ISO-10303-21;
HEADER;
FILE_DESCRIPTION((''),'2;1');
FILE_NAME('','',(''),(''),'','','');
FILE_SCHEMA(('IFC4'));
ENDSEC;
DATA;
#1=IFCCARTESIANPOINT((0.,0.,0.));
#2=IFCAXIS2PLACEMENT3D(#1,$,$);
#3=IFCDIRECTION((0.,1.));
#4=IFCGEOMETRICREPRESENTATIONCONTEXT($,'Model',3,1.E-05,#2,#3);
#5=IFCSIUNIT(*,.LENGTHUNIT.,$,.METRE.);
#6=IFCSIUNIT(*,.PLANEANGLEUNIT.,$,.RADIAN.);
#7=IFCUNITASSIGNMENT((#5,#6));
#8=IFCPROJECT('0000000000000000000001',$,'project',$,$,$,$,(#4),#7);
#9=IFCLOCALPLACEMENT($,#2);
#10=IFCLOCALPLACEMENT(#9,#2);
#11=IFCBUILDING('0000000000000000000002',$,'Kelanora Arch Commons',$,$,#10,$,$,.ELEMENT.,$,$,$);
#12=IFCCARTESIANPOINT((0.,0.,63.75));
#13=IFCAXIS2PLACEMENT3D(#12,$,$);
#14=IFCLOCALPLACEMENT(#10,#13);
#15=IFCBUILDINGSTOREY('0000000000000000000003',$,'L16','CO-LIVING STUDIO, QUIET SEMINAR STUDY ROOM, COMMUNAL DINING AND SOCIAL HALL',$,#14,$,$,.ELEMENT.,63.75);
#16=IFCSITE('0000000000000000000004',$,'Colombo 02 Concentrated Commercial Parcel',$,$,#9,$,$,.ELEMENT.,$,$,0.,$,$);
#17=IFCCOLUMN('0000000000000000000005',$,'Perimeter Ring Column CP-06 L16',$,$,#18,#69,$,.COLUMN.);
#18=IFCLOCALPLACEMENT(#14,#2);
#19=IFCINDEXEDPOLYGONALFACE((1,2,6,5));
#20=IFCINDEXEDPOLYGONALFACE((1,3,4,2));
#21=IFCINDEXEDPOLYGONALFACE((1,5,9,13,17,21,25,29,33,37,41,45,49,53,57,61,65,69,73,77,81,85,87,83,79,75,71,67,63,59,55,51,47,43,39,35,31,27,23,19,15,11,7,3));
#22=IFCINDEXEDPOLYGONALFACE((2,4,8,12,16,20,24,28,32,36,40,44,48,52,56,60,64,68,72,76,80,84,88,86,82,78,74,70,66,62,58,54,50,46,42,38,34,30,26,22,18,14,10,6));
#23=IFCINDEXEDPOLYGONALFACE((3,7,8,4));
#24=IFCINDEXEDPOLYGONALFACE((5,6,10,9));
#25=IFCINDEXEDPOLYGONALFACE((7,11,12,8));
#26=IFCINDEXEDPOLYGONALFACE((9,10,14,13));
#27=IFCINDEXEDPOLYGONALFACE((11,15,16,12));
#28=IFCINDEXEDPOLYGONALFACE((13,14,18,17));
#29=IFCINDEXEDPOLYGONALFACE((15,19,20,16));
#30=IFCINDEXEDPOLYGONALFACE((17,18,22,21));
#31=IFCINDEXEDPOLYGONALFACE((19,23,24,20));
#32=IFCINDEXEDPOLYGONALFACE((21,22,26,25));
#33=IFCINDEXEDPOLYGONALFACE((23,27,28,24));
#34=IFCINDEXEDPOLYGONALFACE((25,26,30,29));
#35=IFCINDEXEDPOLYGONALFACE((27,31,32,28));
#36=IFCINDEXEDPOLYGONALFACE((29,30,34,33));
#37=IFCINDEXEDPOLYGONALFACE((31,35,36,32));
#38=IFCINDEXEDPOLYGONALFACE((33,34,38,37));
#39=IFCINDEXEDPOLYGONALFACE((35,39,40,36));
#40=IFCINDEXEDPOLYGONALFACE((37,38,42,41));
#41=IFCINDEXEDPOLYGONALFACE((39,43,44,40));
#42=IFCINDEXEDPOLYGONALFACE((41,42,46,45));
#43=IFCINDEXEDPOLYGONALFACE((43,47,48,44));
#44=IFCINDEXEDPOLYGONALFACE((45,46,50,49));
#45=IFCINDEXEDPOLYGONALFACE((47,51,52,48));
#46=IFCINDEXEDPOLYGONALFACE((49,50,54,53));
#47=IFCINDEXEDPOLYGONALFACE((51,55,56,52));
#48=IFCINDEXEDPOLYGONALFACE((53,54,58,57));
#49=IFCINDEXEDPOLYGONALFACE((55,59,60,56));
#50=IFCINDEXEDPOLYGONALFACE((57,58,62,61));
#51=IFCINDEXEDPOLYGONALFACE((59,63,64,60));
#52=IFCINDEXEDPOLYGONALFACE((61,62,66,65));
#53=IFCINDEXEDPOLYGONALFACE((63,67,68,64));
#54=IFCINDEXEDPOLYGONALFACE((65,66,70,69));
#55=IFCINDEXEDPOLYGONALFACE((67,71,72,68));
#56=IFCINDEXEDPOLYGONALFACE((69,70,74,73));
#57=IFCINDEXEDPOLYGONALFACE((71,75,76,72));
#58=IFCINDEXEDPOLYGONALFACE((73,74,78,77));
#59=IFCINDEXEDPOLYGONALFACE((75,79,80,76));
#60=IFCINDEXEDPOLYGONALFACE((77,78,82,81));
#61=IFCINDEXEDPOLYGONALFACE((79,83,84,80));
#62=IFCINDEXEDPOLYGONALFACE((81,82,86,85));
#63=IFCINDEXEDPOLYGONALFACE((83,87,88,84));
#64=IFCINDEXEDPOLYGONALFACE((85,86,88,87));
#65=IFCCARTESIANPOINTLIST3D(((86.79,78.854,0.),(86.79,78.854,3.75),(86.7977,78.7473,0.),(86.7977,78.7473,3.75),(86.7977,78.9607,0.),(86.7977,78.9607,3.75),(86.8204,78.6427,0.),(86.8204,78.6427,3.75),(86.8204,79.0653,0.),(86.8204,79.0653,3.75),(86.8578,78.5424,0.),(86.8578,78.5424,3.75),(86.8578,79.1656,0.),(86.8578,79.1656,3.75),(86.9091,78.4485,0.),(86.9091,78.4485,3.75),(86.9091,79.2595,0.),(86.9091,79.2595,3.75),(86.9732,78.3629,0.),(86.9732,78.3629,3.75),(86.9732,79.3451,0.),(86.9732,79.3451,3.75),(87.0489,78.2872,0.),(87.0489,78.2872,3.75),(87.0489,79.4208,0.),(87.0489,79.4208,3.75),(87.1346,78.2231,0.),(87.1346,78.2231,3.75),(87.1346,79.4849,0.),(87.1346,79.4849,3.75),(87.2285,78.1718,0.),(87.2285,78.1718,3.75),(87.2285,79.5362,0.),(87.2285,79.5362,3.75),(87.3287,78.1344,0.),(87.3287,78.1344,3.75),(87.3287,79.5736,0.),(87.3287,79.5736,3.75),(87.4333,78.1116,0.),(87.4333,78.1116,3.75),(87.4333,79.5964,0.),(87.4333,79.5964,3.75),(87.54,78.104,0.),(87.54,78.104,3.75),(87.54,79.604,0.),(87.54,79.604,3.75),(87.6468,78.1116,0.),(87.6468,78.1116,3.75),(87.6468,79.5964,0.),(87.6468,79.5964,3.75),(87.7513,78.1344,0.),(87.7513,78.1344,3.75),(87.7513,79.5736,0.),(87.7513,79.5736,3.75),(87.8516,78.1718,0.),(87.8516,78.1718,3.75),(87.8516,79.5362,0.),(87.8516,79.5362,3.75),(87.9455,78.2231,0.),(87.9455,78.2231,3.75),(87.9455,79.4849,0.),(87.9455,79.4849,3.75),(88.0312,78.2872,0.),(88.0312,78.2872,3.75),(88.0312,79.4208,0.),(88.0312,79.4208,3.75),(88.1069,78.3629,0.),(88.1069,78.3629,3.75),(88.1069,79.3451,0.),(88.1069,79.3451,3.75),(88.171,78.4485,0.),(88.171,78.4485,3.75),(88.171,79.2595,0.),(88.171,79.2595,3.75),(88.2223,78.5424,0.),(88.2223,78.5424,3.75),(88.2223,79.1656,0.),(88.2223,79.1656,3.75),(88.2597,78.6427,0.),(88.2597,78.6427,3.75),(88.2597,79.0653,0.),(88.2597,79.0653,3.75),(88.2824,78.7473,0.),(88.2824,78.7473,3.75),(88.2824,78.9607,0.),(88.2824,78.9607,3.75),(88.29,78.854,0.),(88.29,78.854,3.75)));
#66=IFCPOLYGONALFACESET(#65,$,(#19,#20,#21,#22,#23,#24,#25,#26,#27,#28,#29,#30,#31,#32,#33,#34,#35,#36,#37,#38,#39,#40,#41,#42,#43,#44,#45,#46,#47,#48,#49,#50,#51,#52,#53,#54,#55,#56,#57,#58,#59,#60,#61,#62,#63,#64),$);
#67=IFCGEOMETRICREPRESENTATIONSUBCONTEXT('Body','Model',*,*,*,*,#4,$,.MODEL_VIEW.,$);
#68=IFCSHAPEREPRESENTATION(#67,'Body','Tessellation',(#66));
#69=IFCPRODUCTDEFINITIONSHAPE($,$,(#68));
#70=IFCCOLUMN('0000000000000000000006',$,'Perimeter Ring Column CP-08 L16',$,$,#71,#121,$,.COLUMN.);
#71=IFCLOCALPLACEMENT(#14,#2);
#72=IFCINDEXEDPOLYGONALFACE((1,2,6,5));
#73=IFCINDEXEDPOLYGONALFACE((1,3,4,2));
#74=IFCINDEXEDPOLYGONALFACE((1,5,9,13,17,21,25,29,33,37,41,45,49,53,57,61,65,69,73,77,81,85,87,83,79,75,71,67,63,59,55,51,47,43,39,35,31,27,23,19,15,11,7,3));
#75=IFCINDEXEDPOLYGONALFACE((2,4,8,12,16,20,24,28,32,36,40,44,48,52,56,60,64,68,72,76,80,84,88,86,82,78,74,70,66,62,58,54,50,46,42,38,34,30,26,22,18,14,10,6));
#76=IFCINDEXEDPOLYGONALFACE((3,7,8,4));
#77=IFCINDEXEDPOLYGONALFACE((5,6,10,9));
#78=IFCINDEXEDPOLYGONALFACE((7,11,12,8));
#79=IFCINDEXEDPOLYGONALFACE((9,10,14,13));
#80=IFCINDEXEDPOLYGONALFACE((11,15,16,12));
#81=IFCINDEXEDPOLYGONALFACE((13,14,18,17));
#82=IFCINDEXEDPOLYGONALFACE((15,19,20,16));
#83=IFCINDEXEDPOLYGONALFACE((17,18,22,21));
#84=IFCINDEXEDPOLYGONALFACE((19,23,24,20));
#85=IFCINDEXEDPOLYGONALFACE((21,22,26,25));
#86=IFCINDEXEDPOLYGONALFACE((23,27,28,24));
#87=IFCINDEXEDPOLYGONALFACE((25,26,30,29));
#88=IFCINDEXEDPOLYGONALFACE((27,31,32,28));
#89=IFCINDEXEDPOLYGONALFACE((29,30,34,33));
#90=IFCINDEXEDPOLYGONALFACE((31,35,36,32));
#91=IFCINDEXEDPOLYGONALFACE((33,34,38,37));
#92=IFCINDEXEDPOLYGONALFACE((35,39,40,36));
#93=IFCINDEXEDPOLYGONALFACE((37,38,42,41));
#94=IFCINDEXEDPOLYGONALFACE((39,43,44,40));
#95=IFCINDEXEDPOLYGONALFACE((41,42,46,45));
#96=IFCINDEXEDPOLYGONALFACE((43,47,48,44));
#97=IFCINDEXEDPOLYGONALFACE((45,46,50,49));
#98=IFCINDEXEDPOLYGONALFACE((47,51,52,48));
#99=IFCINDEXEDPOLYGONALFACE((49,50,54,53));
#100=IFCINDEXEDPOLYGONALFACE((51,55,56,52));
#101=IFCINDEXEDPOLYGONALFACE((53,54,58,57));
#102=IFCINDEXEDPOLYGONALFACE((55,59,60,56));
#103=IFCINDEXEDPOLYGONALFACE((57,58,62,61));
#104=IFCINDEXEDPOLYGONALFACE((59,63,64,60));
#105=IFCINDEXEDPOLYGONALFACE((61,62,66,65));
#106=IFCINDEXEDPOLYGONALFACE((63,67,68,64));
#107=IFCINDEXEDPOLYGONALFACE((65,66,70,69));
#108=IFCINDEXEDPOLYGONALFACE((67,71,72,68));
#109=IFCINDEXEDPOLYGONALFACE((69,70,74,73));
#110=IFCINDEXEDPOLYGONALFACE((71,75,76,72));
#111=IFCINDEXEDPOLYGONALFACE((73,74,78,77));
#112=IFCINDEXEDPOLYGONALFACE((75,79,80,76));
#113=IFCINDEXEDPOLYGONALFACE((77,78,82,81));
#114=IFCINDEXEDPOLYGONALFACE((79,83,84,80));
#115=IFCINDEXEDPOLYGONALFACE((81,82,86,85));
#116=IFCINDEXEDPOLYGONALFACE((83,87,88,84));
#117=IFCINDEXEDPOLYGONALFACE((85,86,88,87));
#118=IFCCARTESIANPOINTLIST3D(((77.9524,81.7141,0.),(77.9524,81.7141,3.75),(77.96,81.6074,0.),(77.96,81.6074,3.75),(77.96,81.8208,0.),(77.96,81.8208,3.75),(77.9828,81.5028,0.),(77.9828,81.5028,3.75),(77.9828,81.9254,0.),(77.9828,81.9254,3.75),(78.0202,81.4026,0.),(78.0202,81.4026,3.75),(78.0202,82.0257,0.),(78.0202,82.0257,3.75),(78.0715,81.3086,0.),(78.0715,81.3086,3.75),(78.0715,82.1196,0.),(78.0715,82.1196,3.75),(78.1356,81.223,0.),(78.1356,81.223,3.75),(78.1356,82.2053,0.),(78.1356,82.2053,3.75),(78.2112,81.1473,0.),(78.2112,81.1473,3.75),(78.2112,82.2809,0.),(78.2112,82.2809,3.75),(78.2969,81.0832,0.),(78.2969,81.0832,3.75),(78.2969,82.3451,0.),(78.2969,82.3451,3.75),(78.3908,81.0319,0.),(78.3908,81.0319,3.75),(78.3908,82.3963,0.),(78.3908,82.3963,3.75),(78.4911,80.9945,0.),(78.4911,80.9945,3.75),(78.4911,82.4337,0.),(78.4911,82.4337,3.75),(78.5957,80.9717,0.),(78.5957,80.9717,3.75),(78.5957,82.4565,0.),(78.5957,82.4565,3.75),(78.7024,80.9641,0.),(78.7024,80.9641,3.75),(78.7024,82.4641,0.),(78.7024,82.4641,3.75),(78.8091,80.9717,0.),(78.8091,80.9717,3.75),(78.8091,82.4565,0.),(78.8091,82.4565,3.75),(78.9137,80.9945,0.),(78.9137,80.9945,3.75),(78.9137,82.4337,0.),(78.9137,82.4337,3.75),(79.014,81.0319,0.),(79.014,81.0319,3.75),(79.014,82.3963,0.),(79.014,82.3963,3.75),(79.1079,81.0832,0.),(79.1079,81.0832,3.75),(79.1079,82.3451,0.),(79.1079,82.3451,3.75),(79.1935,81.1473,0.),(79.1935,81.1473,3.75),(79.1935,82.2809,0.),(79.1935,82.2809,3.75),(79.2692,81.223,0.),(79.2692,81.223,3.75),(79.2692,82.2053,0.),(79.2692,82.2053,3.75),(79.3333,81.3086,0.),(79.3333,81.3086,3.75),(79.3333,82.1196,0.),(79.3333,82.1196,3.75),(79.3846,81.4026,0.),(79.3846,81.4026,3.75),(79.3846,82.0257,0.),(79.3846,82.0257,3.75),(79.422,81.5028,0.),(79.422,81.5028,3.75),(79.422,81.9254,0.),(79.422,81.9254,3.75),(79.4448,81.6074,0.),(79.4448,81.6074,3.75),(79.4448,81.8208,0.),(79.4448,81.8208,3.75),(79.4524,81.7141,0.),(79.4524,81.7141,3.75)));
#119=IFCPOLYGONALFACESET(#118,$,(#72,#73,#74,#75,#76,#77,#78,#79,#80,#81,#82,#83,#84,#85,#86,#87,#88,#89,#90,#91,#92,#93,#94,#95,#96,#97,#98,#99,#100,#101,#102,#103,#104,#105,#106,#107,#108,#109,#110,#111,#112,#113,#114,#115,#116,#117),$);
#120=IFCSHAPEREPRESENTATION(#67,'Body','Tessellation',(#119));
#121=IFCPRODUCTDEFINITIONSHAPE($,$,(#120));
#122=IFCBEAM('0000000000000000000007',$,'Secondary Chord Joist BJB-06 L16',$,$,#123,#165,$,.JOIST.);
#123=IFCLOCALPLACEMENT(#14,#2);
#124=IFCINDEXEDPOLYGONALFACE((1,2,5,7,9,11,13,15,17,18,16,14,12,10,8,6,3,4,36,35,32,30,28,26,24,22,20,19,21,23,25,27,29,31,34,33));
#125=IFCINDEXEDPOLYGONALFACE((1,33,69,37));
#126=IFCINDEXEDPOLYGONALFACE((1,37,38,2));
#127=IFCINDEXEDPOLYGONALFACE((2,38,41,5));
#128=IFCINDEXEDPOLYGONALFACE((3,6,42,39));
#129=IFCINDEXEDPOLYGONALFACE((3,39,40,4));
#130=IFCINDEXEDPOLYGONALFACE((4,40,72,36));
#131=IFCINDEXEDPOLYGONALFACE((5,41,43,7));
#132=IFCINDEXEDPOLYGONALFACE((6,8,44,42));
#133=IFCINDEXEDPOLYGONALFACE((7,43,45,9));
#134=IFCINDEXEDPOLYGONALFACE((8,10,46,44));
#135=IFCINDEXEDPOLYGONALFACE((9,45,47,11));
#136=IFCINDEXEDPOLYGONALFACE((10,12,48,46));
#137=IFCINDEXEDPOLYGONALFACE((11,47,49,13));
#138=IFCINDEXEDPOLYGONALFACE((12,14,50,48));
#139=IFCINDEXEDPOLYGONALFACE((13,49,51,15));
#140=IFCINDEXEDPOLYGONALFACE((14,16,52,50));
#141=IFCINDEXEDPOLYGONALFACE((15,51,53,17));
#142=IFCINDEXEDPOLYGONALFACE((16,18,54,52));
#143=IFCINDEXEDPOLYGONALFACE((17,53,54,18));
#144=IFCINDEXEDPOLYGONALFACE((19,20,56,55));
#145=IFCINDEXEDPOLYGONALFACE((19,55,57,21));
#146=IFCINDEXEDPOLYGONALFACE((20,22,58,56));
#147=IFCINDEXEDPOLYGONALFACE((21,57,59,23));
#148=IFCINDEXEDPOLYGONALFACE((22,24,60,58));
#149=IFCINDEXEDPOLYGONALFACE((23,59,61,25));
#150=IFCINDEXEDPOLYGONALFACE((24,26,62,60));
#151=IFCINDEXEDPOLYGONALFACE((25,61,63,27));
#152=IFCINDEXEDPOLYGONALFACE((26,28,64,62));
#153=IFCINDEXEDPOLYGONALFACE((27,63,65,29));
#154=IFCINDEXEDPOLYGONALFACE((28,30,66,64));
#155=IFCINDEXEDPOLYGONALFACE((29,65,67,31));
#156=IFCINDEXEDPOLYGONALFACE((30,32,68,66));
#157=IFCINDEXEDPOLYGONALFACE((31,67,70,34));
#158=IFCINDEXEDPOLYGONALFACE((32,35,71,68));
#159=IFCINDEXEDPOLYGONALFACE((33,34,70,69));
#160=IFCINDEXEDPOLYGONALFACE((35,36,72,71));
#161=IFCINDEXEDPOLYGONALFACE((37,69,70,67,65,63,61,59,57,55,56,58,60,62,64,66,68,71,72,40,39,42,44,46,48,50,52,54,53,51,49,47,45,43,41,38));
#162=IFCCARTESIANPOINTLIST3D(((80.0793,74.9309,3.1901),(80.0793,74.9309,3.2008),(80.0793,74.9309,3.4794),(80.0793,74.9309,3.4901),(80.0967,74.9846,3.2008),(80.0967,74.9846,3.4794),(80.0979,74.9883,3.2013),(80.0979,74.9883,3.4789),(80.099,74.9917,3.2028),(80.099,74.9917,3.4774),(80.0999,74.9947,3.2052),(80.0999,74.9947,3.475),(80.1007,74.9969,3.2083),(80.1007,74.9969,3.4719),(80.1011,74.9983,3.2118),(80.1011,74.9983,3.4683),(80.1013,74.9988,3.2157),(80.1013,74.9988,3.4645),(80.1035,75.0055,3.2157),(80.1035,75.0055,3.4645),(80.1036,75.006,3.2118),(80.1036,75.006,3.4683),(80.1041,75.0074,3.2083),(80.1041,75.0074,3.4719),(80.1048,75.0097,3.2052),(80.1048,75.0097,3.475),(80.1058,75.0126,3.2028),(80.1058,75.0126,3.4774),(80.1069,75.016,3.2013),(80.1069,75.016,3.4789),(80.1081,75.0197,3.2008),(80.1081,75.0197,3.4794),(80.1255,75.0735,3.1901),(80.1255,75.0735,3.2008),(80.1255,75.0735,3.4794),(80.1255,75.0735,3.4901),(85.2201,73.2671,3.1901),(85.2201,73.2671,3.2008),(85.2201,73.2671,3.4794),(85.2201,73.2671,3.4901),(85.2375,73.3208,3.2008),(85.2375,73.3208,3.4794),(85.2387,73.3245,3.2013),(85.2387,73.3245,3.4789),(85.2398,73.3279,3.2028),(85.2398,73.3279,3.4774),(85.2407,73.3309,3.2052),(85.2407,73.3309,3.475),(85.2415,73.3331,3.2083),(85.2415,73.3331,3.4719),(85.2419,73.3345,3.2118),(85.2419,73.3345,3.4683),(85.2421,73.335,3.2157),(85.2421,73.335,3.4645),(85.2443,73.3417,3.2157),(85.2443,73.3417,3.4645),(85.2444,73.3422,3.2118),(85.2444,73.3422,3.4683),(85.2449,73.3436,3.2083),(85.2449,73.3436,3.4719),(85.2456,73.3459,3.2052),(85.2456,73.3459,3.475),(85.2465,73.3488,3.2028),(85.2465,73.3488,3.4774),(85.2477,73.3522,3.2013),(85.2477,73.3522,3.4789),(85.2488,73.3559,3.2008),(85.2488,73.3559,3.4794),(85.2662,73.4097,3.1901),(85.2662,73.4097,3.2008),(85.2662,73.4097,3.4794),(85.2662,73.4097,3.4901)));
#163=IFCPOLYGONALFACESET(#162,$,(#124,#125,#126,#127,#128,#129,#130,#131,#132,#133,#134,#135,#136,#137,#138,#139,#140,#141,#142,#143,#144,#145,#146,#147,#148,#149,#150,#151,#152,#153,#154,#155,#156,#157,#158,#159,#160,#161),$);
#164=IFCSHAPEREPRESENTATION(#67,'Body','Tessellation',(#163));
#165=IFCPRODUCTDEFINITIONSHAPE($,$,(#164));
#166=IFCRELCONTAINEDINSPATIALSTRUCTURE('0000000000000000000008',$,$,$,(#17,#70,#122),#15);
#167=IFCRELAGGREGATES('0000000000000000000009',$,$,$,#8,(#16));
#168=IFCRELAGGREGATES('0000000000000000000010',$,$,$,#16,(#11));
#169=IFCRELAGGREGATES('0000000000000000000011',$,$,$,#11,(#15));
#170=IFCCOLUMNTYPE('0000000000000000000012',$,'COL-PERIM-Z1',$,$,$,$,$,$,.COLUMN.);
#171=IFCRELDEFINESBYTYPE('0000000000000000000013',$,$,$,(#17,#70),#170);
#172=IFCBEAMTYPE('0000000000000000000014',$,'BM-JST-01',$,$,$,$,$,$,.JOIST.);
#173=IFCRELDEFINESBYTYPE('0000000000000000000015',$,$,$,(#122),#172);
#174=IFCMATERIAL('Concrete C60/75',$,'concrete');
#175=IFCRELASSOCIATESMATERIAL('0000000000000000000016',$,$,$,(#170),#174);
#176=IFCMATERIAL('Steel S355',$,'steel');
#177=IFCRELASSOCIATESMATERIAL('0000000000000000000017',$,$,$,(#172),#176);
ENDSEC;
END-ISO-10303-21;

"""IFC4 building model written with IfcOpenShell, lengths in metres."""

from ifc_helpers import new_model, si_unit, direction, frame, origin, origin_2d, place, context, subcontext, project, spatial, circle, i_section, extrude, material, material_profile, profile_set, type_object, element, save


model = new_model("IFC4")

# Units and contexts
model_context = context("Model", 3, precision=1e-05, world=origin(), true_north=direction((0.0, 1.0)))
body_context = subcontext(model_context, "Body", "Model", "MODEL_VIEW")
ifc_project = project(units=[si_unit("LENGTHUNIT", "METRE"), si_unit("PLANEANGLEUNIT", "RADIAN")], contexts=[model_context])

# Site, building, storey
site_placement = place(None, origin())
site = spatial("IfcSite", under=ifc_project, at=site_placement, Name="Colombo 02 Concentrated Commercial Parcel", CompositionType="ELEMENT", RefElevation=0.0)
building_placement = place(site_placement, origin())
building = spatial("IfcBuilding", under=site, at=building_placement, Name="Kelanora Arch Commons", CompositionType="ELEMENT")
storey_placement = place(building_placement, frame((0.0, 0.0, 63.75)))
storey = spatial("IfcBuildingStorey", under=building, at=storey_placement, Name="L16", Description="CO-LIVING STUDIO, QUIET SEMINAR STUDY ROOM, COMMUNAL DINING AND SOCIAL HALL", CompositionType="ELEMENT", Elevation=63.75)

# Columns
ifc_material_1 = material(Name="Concrete C60/75", Category="concrete")
ifc_material_profile_1 = material_profile(ifc_material_1, circle(Radius=0.75, at=origin_2d()), Name="RCC1500")
ifc_profile_set_1 = profile_set([ifc_material_profile_1], Name="Concrete C60/75")
column_type = type_object("IfcColumnType", Name="COL-PERIM-Z1", PredefinedType="COLUMN", material=ifc_profile_set_1)
for number, where, z_axis, x_axis, name in (
    (1, (87.54, 78.854, 0.0), (0.0, 0.0, 1.0), (1.0, 0.0, 0.0), "Perimeter Ring Column CP-06 L16"),
    (2, (78.7024, 81.7141, 0.0), (0.0, 0.0, 1.0), (1.0, 0.0, 0.0), "Perimeter Ring Column CP-08 L16"),
):
    element("IfcColumn", number, at=place(storey_placement, frame(where, z_axis=z_axis, x_axis=x_axis)), inside=storey, type_object=column_type, Name=name, PredefinedType="COLUMN", context=body_context, shape_type="SweptSolid", body=[
        extrude(circle(Radius=0.75, at=origin_2d()), origin(), (0.0, 0.0, 1.0), 3.75),
    ])

# Beam
ifc_material_2 = material(Name="Steel S355", Category="steel")
ifc_material_profile_2 = material_profile(ifc_material_2, i_section(OverallWidth=0.1499, OverallDepth=0.3, WebThickness=0.0071, FlangeThickness=0.0107, FilletRadius=0.0149, at=origin_2d()), Name="IPE300")
ifc_profile_set_2 = profile_set([ifc_material_profile_2], Name="Steel S355")
beam_type_1 = type_object("IfcBeamType", Name="BM-JST-01", PredefinedType="JOIST", material=ifc_profile_set_2)
beam_1_placement = place(storey_placement, frame((85.2432, 73.3384, 3.3401), z_axis=(-0.951412, 0.30792, 0.0), x_axis=(-0.30792, -0.951412, 0.0)))
element("IfcBeam", 3, at=beam_1_placement, inside=storey, type_object=beam_type_1, Name="Secondary Chord Joist BJB-06 L16", PredefinedType="JOIST", context=body_context, shape_type="SweptSolid", body=[
    extrude(i_section(OverallWidth=0.1499, OverallDepth=0.3, WebThickness=0.0071, FlangeThickness=0.0107, FilletRadius=0.0149, at=origin_2d()), origin(), (0.0, 0.0, 1.0), 5.4033),
])

save(model, "model.ifc")
